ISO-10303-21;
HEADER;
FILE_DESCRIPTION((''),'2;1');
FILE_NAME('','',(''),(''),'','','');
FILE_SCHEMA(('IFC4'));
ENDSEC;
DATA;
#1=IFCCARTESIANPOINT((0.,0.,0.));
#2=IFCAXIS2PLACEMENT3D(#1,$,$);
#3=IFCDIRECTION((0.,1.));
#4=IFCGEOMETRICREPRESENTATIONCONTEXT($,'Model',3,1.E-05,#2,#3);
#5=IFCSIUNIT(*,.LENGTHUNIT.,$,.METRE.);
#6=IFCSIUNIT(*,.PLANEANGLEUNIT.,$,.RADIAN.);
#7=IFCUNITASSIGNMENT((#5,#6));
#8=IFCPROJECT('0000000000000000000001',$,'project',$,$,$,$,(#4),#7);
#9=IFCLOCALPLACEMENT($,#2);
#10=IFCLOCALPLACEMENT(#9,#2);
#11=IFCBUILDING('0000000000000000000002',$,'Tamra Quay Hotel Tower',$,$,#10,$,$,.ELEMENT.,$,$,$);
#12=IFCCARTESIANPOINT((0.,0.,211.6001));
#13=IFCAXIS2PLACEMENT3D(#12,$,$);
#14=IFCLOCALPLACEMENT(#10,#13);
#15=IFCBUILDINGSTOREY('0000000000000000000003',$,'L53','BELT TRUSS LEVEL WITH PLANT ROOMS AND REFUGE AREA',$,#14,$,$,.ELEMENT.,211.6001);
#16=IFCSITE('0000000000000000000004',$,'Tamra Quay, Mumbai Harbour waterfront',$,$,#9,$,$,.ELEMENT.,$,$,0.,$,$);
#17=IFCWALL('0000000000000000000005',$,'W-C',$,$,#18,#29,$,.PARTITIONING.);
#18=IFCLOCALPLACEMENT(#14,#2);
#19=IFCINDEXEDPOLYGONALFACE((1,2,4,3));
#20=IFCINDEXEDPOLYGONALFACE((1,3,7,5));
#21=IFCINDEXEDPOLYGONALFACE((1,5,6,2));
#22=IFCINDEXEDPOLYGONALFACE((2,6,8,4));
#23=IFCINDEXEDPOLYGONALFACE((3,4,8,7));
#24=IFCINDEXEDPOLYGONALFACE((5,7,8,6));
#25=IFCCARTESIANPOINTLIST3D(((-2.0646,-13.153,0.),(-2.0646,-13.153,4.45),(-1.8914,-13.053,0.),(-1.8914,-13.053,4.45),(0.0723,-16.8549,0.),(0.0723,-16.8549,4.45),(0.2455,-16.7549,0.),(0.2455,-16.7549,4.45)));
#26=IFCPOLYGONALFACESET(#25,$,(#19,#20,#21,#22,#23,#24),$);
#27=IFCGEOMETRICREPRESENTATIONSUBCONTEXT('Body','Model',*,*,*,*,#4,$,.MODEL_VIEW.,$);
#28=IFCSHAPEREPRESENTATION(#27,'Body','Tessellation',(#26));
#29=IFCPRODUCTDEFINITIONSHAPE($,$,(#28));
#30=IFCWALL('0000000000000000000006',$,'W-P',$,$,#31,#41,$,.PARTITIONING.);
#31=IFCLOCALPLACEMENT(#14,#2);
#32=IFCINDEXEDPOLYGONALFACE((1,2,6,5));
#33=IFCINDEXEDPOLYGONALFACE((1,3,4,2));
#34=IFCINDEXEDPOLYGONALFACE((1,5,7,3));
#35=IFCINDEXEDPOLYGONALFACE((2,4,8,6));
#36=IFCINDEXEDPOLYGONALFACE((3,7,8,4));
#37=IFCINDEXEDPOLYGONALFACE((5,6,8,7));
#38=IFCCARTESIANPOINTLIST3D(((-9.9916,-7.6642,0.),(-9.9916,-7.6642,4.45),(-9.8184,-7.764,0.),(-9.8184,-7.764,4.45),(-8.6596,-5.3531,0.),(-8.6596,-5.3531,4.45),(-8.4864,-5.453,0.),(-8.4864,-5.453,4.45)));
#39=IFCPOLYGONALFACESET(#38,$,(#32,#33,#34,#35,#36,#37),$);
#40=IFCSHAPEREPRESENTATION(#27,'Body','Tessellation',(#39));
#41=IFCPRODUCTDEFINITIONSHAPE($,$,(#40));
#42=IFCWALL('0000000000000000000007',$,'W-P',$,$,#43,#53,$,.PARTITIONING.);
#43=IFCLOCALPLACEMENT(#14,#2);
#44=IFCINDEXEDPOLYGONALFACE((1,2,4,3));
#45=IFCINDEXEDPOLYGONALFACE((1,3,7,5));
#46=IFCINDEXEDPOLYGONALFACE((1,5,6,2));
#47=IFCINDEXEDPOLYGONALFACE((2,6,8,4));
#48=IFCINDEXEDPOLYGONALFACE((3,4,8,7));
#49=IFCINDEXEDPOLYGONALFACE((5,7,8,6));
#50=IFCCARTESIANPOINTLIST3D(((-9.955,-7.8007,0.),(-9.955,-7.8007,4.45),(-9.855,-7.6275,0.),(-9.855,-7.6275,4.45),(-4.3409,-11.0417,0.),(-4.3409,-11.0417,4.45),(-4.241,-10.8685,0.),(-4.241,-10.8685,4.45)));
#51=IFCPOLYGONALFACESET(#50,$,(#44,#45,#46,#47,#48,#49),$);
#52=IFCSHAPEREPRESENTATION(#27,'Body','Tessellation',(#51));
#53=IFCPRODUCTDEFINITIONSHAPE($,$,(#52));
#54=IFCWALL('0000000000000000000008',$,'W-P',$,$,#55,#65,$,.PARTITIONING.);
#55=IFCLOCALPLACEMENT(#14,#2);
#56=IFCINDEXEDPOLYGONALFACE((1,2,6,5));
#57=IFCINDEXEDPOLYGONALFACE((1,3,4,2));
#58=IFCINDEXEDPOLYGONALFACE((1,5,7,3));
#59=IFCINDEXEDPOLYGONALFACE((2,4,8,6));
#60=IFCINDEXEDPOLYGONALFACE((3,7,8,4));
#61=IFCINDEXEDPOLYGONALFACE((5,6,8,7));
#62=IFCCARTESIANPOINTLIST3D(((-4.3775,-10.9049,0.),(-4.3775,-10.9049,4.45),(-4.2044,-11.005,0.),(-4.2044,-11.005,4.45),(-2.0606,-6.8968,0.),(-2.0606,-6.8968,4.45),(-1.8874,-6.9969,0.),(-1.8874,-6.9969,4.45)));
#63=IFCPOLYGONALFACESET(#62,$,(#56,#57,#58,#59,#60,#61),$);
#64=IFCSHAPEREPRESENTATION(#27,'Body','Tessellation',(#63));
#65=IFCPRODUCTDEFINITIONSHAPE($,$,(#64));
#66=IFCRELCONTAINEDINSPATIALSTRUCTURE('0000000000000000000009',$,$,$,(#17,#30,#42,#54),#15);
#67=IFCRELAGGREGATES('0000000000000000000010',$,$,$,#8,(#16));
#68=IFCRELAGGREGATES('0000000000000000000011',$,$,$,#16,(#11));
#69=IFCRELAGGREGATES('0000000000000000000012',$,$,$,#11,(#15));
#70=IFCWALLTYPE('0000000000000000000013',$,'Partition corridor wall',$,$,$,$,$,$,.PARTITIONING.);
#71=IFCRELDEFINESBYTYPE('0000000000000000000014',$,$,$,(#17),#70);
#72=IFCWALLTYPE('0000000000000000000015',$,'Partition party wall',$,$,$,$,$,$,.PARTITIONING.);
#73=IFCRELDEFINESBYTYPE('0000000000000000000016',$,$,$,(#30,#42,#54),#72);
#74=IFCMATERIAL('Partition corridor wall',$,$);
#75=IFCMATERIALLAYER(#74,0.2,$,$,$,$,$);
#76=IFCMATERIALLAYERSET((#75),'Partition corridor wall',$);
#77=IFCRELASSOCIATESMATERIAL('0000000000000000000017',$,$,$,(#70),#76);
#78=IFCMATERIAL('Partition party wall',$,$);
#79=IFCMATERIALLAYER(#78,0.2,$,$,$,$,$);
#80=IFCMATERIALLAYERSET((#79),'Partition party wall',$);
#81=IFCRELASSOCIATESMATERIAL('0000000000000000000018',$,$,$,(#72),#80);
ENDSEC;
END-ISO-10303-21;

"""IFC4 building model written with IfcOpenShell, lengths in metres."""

from ifc_helpers import new_model, si_unit, direction, frame, frame_2d, origin, place, context, subcontext, project, spatial, rectangle, extrude, material, layer, layer_set, type_object, element, save


model = new_model("IFC4")

# Units and contexts
model_context = context("Model", 3, precision=1e-05, world=origin(), true_north=direction((0.0, 1.0)))
body_context = subcontext(model_context, "Body", "Model", "MODEL_VIEW")
ifc_project = project(units=[si_unit("LENGTHUNIT", "METRE"), si_unit("PLANEANGLEUNIT", "RADIAN")], contexts=[model_context])

# Site, building, storey
site_placement = place(None, origin())
site = spatial("IfcSite", under=ifc_project, at=site_placement, Name="Tamra Quay, Mumbai Harbour waterfront", CompositionType="ELEMENT", RefElevation=0.0)
building_placement = place(site_placement, origin())
building = spatial("IfcBuilding", under=site, at=building_placement, Name="Tamra Quay Hotel Tower", CompositionType="ELEMENT")
storey_placement = place(building_placement, frame((0.0, 0.0, 211.6001)))
storey = spatial("IfcBuildingStorey", under=building, at=storey_placement, Name="L53", Description="BELT TRUSS LEVEL WITH PLANT ROOMS AND REFUGE AREA", CompositionType="ELEMENT", Elevation=211.6001)

# Shared definitions
ifc_material_1 = material(Name="Partition corridor wall")
ifc_layer_1 = layer(ifc_material_1, 0.2)
ifc_layer_set_1 = layer_set([ifc_layer_1], Name="Partition corridor wall")
wall_type_1 = type_object("IfcWallType", Name="Partition corridor wall", PredefinedType="PARTITIONING", material=ifc_layer_set_1)

# Walls
wall_1_placement = place(storey_placement, frame((-1.978, -13.103, 0.0), z_axis=(0.0, 0.0, 1.0), x_axis=(0.499942, -0.866059, 0.0)))
element("IfcWall", 1, at=wall_1_placement, inside=storey, type_object=wall_type_1, Name="W-C", PredefinedType="PARTITIONING", context=body_context, shape_type="SweptSolid", body=[
    extrude(rectangle(XDim=4.2744, YDim=0.2, at=frame_2d((2.1372, 0.0))), origin(), (0.0, 0.0, 1.0), 4.45),
])
ifc_material_2 = material(Name="Partition party wall")
ifc_layer_2 = layer(ifc_material_2, 0.2)
ifc_layer_set_2 = layer_set([ifc_layer_2], Name="Partition party wall")
wall_type_2 = type_object("IfcWallType", Name="Partition party wall", PredefinedType="PARTITIONING", material=ifc_layer_set_2)
wall_2_placement = place(storey_placement, frame((-9.905, -7.7141, 0.0), z_axis=(0.0, 0.0, 1.0), x_axis=(0.499368, 0.86639, 0.0)))
element("IfcWall", 2, at=wall_2_placement, inside=storey, type_object=wall_type_2, Name="W-P", PredefinedType="PARTITIONING", context=body_context, shape_type="SweptSolid", body=[
    extrude(rectangle(XDim=2.6675, YDim=0.2, at=frame_2d((1.3337, 0.0))), origin(), (0.0, 0.0, 1.0), 4.45),
])
wall_3_placement = place(storey_placement, frame((-9.905, -7.7141, 0.0), z_axis=(0.0, 0.0, 1.0), x_axis=(0.866044, -0.499967, 0.0)))
element("IfcWall", 3, at=wall_3_placement, inside=storey, type_object=wall_type_2, Name="W-P", PredefinedType="PARTITIONING", context=body_context, shape_type="SweptSolid", body=[
    extrude(rectangle(XDim=6.4824, YDim=0.2, at=frame_2d((3.2412, 0.0))), origin(), (0.0, 0.0, 1.0), 4.45),
])
wall_4_placement = place(storey_placement, frame((-4.291, -10.9551, 0.0), z_axis=(0.0, 0.0, 1.0), x_axis=(0.50046, 0.865759, 0.0)))
element("IfcWall", 4, at=wall_4_placement, inside=storey, type_object=wall_type_2, Name="W-P", PredefinedType="PARTITIONING", context=body_context, shape_type="SweptSolid", body=[
    extrude(rectangle(XDim=4.6296, YDim=0.2, at=frame_2d((2.3149, 0.0))), origin(), (0.0, 0.0, 1.0), 4.45),
])

save(model, "model.ifc")
